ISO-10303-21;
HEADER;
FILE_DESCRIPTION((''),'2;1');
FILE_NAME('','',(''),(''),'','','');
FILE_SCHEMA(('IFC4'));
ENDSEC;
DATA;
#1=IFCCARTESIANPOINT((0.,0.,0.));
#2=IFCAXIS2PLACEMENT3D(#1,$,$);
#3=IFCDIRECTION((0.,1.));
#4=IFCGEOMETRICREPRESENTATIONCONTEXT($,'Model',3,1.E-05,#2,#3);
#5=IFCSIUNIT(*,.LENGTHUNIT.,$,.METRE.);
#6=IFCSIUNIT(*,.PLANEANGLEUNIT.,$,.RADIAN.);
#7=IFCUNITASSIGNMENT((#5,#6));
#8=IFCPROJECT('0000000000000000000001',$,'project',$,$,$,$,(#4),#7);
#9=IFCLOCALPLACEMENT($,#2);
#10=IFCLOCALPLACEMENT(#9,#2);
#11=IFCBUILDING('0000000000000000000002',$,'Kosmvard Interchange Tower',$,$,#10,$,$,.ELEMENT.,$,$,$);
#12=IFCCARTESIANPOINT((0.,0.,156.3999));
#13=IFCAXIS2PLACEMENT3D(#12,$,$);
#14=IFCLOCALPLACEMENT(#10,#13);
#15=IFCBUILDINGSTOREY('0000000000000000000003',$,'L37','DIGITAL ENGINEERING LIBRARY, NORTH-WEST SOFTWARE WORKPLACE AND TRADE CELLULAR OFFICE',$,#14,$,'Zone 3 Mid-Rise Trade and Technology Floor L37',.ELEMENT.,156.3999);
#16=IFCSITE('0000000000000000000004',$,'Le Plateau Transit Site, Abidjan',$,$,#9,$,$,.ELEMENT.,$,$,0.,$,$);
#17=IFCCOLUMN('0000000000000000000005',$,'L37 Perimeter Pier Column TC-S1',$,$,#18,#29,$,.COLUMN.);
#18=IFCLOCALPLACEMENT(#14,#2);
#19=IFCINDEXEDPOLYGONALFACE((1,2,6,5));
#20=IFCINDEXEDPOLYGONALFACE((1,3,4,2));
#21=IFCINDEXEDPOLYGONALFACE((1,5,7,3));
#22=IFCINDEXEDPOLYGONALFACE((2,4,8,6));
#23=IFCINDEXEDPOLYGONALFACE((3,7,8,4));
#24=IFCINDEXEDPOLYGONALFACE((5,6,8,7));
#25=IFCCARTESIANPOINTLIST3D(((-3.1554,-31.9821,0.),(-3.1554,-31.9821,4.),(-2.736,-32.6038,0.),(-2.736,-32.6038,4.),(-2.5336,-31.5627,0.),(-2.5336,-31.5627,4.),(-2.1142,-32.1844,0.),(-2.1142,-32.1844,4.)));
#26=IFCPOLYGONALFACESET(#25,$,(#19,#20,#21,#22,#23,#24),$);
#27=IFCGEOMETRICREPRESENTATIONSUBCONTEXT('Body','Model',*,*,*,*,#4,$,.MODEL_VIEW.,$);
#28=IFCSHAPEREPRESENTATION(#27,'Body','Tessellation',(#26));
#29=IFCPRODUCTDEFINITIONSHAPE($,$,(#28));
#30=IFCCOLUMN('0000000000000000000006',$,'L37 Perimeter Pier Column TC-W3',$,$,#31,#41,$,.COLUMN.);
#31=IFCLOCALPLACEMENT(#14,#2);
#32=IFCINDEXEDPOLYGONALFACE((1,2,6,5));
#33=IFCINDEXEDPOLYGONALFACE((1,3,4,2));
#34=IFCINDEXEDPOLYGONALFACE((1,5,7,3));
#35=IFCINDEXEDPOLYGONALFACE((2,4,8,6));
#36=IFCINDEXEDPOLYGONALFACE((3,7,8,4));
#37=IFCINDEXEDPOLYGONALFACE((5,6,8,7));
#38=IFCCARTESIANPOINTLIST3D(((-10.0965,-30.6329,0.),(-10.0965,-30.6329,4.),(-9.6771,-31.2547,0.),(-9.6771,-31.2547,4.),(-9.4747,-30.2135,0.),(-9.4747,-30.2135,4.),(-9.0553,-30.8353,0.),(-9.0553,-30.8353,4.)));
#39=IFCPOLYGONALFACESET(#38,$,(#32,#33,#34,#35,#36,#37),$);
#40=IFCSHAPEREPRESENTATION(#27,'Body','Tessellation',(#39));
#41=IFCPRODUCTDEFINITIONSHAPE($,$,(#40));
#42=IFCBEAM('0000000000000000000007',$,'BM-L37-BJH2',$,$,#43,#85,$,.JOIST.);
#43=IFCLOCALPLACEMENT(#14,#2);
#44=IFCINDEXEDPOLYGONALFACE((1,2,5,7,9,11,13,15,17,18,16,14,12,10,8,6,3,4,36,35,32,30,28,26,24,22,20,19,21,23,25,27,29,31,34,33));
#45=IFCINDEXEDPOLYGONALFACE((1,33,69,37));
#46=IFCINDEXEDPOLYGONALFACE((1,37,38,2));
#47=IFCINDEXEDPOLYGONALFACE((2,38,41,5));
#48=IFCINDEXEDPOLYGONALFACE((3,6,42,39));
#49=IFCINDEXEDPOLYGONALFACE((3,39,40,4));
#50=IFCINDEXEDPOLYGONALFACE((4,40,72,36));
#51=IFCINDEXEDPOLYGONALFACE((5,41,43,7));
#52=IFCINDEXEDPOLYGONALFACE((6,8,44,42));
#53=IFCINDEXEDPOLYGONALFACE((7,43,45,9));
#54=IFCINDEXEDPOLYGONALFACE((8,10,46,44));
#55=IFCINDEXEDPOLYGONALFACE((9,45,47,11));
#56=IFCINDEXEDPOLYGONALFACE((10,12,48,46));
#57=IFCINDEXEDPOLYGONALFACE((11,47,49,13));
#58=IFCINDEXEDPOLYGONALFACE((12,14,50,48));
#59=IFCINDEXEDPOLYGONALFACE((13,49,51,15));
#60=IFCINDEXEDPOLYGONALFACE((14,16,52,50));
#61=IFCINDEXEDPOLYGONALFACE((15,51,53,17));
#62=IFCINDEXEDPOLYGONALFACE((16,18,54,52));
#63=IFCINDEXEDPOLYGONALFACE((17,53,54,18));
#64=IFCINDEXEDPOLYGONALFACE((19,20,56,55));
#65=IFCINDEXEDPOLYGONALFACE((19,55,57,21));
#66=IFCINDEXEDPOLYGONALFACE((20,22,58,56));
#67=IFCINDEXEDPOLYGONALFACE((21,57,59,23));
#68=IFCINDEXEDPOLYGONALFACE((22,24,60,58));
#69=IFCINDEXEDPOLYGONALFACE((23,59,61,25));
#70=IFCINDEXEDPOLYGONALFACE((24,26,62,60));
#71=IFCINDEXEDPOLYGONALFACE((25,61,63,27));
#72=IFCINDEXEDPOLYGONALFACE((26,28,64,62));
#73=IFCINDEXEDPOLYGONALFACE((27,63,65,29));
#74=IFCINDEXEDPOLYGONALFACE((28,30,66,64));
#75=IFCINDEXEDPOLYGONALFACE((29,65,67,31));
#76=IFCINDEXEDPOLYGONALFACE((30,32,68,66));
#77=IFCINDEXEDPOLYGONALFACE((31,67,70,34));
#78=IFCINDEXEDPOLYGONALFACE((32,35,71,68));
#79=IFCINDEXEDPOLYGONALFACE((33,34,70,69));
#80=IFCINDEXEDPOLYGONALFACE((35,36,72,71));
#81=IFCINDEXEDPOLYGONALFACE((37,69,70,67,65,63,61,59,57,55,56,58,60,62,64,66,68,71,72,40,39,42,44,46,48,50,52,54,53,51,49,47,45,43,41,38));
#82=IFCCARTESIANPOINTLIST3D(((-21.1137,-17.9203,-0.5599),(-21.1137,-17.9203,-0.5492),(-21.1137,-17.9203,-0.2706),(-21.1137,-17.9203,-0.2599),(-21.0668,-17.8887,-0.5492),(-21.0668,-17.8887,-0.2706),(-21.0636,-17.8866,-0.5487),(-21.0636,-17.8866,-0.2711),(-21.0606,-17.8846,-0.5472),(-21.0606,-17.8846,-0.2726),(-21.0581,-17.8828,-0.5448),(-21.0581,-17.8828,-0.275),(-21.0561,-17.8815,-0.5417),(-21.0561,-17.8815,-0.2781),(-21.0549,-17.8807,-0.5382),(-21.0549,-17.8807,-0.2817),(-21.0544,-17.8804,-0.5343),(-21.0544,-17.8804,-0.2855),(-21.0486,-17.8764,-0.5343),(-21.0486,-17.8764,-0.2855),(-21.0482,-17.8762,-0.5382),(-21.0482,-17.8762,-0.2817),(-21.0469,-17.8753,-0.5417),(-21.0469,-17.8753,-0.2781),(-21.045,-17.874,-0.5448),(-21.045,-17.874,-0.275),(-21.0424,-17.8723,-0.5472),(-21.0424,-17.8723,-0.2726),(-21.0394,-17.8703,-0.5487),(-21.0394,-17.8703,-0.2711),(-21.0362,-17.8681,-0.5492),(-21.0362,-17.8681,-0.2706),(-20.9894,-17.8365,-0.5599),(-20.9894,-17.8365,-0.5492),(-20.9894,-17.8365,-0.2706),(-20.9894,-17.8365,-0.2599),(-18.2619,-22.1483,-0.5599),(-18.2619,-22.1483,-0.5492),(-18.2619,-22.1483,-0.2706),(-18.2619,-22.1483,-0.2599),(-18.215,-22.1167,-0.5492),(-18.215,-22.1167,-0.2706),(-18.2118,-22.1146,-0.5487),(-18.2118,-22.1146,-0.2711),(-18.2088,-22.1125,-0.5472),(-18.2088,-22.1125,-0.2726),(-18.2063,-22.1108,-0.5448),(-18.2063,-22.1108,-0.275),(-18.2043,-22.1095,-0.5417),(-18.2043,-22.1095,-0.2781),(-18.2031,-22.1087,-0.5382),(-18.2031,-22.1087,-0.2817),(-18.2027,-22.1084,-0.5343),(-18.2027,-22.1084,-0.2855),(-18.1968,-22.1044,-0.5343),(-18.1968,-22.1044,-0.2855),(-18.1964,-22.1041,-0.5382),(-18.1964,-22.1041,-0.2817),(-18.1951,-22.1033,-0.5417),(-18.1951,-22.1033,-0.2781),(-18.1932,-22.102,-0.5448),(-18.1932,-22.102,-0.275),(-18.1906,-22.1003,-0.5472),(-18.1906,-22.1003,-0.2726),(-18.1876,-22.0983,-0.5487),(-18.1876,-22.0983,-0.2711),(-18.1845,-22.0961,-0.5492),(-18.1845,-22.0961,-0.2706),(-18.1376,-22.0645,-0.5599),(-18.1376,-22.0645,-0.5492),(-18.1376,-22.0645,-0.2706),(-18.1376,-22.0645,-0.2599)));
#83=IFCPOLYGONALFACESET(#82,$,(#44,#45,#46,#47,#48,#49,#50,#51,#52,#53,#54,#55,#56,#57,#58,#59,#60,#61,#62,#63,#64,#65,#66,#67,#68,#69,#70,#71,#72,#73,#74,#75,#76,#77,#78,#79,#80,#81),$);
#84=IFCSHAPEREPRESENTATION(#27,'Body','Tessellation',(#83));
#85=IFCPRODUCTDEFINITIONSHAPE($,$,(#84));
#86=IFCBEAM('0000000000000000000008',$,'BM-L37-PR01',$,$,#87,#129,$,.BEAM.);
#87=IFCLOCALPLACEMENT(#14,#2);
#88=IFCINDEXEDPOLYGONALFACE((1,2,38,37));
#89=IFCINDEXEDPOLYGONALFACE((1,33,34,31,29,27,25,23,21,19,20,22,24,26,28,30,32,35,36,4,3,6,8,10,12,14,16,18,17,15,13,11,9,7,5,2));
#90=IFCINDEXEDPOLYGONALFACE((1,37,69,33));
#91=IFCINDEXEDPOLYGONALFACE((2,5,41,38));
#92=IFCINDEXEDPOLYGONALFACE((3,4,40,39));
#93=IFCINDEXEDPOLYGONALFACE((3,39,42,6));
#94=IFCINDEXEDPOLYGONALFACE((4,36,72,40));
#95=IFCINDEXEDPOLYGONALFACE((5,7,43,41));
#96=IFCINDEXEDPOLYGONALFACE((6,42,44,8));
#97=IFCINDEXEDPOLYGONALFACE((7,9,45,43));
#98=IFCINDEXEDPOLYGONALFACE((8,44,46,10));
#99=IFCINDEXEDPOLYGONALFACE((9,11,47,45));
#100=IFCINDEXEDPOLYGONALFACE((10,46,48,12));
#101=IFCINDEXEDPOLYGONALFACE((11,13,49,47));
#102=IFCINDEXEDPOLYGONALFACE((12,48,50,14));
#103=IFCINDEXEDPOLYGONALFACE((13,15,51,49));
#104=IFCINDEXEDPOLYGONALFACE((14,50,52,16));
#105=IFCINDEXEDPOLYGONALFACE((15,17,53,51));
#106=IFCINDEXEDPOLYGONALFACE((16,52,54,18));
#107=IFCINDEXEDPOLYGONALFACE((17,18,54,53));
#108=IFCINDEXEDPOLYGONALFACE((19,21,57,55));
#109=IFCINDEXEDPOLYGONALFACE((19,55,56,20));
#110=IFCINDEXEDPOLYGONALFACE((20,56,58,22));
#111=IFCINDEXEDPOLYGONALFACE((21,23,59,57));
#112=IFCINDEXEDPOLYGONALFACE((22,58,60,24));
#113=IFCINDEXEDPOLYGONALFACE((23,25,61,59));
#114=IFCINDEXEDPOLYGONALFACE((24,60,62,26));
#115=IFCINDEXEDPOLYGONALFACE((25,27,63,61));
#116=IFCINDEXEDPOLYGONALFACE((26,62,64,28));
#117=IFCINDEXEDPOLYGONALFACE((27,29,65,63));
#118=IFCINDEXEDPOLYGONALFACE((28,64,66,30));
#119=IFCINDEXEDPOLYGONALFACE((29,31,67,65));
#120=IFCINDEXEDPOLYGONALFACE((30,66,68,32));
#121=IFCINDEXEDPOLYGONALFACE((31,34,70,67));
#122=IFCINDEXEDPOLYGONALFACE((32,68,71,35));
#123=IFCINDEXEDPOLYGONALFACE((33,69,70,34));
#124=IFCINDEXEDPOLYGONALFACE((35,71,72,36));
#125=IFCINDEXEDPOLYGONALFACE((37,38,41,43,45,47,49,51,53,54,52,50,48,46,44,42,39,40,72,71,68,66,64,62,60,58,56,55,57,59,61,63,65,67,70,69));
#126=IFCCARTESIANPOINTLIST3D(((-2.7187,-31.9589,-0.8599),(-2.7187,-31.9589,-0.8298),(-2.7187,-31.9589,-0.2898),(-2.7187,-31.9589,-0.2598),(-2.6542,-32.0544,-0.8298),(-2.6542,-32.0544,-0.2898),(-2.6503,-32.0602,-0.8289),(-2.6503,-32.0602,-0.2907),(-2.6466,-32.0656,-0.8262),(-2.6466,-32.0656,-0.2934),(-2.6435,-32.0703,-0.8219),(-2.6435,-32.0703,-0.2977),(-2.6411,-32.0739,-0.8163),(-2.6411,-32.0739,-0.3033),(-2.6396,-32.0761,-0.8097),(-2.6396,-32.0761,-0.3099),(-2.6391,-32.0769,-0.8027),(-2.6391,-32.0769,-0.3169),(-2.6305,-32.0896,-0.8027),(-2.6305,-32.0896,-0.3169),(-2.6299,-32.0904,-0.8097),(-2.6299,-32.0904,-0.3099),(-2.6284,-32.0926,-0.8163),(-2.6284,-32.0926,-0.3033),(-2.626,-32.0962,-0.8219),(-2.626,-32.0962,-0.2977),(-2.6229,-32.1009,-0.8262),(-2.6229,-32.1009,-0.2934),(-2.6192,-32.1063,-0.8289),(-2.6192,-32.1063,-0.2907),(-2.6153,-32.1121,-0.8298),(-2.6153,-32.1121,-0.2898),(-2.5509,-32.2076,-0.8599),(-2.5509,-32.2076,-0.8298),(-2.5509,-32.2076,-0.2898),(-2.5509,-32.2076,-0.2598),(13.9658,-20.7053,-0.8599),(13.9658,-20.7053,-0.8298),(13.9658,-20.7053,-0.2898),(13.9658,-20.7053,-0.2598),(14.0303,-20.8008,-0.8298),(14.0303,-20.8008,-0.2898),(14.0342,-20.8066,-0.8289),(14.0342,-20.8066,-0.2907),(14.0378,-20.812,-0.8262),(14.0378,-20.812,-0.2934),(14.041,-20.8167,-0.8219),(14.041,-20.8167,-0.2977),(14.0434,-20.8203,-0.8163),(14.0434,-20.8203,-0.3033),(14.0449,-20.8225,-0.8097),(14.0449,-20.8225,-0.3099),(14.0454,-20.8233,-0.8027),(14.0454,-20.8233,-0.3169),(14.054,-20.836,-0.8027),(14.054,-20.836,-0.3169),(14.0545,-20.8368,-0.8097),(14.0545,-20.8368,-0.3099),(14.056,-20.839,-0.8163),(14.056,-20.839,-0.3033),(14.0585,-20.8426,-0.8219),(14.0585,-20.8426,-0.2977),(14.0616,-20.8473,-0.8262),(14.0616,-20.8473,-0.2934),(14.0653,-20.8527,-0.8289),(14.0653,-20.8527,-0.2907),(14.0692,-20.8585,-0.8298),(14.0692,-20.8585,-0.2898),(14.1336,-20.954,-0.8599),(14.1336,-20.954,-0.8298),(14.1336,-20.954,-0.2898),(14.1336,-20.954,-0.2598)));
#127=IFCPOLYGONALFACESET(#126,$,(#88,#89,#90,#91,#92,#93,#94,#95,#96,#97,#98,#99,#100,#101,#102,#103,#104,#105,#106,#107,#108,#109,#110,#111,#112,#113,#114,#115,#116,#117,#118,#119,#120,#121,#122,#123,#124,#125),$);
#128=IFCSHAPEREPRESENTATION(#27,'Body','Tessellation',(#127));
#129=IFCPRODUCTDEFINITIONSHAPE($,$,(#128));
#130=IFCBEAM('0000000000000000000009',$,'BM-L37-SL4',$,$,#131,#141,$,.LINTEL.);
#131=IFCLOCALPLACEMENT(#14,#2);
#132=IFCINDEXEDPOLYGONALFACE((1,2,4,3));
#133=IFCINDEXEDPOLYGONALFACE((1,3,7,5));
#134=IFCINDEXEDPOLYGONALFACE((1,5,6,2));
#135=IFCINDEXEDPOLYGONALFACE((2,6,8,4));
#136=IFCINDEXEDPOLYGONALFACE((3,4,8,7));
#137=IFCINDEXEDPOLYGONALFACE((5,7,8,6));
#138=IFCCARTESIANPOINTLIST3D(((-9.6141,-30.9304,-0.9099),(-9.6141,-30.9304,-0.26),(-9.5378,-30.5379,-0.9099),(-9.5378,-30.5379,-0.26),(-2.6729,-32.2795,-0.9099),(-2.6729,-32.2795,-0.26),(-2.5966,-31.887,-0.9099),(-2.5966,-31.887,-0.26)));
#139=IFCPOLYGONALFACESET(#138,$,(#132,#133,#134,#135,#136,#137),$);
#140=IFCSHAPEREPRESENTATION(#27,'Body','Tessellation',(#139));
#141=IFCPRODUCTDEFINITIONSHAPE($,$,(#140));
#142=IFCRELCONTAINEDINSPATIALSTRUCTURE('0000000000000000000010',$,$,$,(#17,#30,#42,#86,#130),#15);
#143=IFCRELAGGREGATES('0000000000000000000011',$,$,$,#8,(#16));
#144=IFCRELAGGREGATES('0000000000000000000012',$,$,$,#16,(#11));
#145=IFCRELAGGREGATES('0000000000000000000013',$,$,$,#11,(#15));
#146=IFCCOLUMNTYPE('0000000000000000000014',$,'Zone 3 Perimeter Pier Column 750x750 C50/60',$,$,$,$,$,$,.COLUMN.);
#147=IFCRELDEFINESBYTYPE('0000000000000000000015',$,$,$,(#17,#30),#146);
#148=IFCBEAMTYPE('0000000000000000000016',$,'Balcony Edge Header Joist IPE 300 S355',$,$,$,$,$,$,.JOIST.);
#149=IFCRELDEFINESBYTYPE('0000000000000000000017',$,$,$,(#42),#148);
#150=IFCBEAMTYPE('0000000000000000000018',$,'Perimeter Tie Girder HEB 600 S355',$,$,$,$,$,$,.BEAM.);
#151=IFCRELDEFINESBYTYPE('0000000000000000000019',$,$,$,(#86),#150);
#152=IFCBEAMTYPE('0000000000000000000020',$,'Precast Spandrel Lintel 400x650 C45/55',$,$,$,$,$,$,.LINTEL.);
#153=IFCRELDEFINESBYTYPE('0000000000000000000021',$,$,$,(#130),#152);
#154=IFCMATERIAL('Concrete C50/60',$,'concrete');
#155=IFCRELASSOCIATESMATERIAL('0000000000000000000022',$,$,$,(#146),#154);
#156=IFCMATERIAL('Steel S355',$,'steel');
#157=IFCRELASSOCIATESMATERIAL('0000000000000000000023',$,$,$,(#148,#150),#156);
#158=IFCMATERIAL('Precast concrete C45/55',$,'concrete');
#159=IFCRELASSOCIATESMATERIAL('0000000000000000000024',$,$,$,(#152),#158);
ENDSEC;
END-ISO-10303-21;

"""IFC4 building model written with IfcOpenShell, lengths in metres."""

from ifc_helpers import new_model, si_unit, direction, frame, origin, origin_2d, place, context, subcontext, project, spatial, rectangle, i_section, extrude, source, transform, mapped, material, material_profile, profile_set, type_object, element, save


model = new_model("IFC4")

# Units and contexts
model_context = context("Model", 3, precision=1e-05, world=origin(), true_north=direction((0.0, 1.0)))
body_context = subcontext(model_context, "Body", "Model", "MODEL_VIEW")
ifc_project = project(units=[si_unit("LENGTHUNIT", "METRE"), si_unit("PLANEANGLEUNIT", "RADIAN")], contexts=[model_context])

# Site, building, storey
site_placement = place(None, origin())
site = spatial("IfcSite", under=ifc_project, at=site_placement, Name="Le Plateau Transit Site, Abidjan", CompositionType="ELEMENT", RefElevation=0.0)
building_placement = place(site_placement, origin())
building = spatial("IfcBuilding", under=site, at=building_placement, Name="Kosmvard Interchange Tower", CompositionType="ELEMENT")
storey_placement = place(building_placement, frame((0.0, 0.0, 156.3999)))
storey = spatial("IfcBuildingStorey", under=building, at=storey_placement, Name="L37", Description="DIGITAL ENGINEERING LIBRARY, NORTH-WEST SOFTWARE WORKPLACE AND TRADE CELLULAR OFFICE", LongName="Zone 3 Mid-Rise Trade and Technology Floor L37", CompositionType="ELEMENT", Elevation=156.3999)

# Columns
ifc_material_1 = material(Name="Concrete C50/60", Category="concrete")
ifc_material_profile_1 = material_profile(ifc_material_1, rectangle(XDim=0.75, YDim=0.75, at=origin_2d()), Name="TC 750x750")
ifc_profile_set_1 = profile_set([ifc_material_profile_1], Name="Concrete C50/60")
column_type = type_object("IfcColumnType", Name="Zone 3 Perimeter Pier Column 750x750 C50/60", PredefinedType="COLUMN", material=ifc_profile_set_1)
shared_shape_1 = source(origin(), body_context, "Body", "SweptSolid", [
    extrude(rectangle(XDim=0.75, YDim=0.75, at=origin_2d()), origin(), (0.0, 0.0, 1.0), 4.0),
])
for number, where, z_axis, x_axis, name in (
    (1, (-2.6348, -32.0833, 0.0), (0.0, 0.0, 1.0), (0.829038, 0.559193, 0.0), "L37 Perimeter Pier Column TC-S1"),
    (2, (-9.5759, -30.7341, 0.0), (0.0, 0.0, 1.0), (0.829038, 0.559193, 0.0), "L37 Perimeter Pier Column TC-W3"),
):
    element("IfcColumn", number, at=place(storey_placement, frame(where, z_axis=z_axis, x_axis=x_axis)), inside=storey, type_object=column_type, Name=name, PredefinedType="COLUMN", context=body_context, shape_type="MappedRepresentation", body=[
        mapped(shared_shape_1, transform((0.0, 0.0, 0.0), scale=1.0)),
    ])

# Beams
ifc_material_2 = material(Name="Steel S355", Category="steel")
ifc_material_profile_2 = material_profile(ifc_material_2, i_section(OverallWidth=0.1499, OverallDepth=0.3, WebThickness=0.0071, FlangeThickness=0.0107, FilletRadius=0.0149, at=origin_2d()), Name="IPE 300")
ifc_profile_set_2 = profile_set([ifc_material_profile_2], Name="Steel S355")
beam_type_1 = type_object("IfcBeamType", Name="Balcony Edge Header Joist IPE 300 S355", PredefinedType="JOIST", material=ifc_profile_set_2)
shared_shape_2 = source(origin(), body_context, "Body", "SweptSolid", [
    extrude(i_section(OverallWidth=0.1499, OverallDepth=0.3, WebThickness=0.0071, FlangeThickness=0.0107, FilletRadius=0.0149, at=origin_2d()), origin(), (0.0, 0.0, 1.0), 5.0999),
])
beam_1_placement = place(storey_placement, frame((-21.0515, -17.8784, -0.4099), z_axis=(0.559188, -0.829041, 0.0), x_axis=(0.829041, 0.559188, 0.0)))
element("IfcBeam", 3, at=beam_1_placement, inside=storey, type_object=beam_type_1, Name="BM-L37-BJH2", PredefinedType="JOIST", context=body_context, shape_type="MappedRepresentation", body=[
    mapped(shared_shape_2, transform((0.0, 0.0, 0.0), scale=1.0)),
])
ifc_material_profile_3 = material_profile(ifc_material_2, i_section(OverallWidth=0.3, OverallDepth=0.6001, WebThickness=0.0154, FlangeThickness=0.03, FilletRadius=0.0271, at=origin_2d()), Name="HEB 600")
ifc_profile_set_3 = profile_set([ifc_material_profile_3], Name="Steel S355")
beam_type_2 = type_object("IfcBeamType", Name="Perimeter Tie Girder HEB 600 S355", PredefinedType="BEAM", material=ifc_profile_set_3)
shared_shape_3 = source(origin(), body_context, "Body", "SweptSolid", [
    extrude(i_section(OverallWidth=0.3, OverallDepth=0.6001, WebThickness=0.0154, FlangeThickness=0.03, FilletRadius=0.0271, at=origin_2d()), origin(), (0.0, 0.0, 1.0), 20.125),
])
beam_2_placement = place(storey_placement, frame((-2.6348, -32.0833, -0.5598), z_axis=(0.829043, 0.559185, 0.0), x_axis=(-0.559185, 0.829043, 0.0)))
element("IfcBeam", 4, at=beam_2_placement, inside=storey, type_object=beam_type_2, Name="BM-L37-PR01", PredefinedType="BEAM", context=body_context, shape_type="MappedRepresentation", body=[
    mapped(shared_shape_3, transform((0.0, 0.0, 0.0), scale=1.0)),
])
ifc_material_3 = material(Name="Precast concrete C45/55", Category="concrete")
ifc_material_profile_4 = material_profile(ifc_material_3, rectangle(XDim=0.3999, YDim=0.6499, at=origin_2d()), Name="SL 400x650")
ifc_profile_set_4 = profile_set([ifc_material_profile_4], Name="Precast concrete C45/55")
beam_type_3 = type_object("IfcBeamType", Name="Precast Spandrel Lintel 400x650 C45/55", PredefinedType="LINTEL", material=ifc_profile_set_4)
shared_shape_4 = source(origin(), body_context, "Body", "SweptSolid", [
    extrude(rectangle(XDim=0.3999, YDim=0.6499, at=origin_2d()), origin(), (0.0, 0.0, 1.0), 7.071),
])
beam_3_placement = place(storey_placement, frame((-9.5759, -30.7341, -0.585), z_axis=(0.98163, -0.190795, 0.0), x_axis=(0.190795, 0.98163, 0.0)))
element("IfcBeam", 5, at=beam_3_placement, inside=storey, type_object=beam_type_3, Name="BM-L37-SL4", PredefinedType="LINTEL", context=body_context, shape_type="MappedRepresentation", body=[
    mapped(shared_shape_4, transform((0.0, 0.0, 0.0), scale=1.0)),
])

save(model, "model.ifc")
